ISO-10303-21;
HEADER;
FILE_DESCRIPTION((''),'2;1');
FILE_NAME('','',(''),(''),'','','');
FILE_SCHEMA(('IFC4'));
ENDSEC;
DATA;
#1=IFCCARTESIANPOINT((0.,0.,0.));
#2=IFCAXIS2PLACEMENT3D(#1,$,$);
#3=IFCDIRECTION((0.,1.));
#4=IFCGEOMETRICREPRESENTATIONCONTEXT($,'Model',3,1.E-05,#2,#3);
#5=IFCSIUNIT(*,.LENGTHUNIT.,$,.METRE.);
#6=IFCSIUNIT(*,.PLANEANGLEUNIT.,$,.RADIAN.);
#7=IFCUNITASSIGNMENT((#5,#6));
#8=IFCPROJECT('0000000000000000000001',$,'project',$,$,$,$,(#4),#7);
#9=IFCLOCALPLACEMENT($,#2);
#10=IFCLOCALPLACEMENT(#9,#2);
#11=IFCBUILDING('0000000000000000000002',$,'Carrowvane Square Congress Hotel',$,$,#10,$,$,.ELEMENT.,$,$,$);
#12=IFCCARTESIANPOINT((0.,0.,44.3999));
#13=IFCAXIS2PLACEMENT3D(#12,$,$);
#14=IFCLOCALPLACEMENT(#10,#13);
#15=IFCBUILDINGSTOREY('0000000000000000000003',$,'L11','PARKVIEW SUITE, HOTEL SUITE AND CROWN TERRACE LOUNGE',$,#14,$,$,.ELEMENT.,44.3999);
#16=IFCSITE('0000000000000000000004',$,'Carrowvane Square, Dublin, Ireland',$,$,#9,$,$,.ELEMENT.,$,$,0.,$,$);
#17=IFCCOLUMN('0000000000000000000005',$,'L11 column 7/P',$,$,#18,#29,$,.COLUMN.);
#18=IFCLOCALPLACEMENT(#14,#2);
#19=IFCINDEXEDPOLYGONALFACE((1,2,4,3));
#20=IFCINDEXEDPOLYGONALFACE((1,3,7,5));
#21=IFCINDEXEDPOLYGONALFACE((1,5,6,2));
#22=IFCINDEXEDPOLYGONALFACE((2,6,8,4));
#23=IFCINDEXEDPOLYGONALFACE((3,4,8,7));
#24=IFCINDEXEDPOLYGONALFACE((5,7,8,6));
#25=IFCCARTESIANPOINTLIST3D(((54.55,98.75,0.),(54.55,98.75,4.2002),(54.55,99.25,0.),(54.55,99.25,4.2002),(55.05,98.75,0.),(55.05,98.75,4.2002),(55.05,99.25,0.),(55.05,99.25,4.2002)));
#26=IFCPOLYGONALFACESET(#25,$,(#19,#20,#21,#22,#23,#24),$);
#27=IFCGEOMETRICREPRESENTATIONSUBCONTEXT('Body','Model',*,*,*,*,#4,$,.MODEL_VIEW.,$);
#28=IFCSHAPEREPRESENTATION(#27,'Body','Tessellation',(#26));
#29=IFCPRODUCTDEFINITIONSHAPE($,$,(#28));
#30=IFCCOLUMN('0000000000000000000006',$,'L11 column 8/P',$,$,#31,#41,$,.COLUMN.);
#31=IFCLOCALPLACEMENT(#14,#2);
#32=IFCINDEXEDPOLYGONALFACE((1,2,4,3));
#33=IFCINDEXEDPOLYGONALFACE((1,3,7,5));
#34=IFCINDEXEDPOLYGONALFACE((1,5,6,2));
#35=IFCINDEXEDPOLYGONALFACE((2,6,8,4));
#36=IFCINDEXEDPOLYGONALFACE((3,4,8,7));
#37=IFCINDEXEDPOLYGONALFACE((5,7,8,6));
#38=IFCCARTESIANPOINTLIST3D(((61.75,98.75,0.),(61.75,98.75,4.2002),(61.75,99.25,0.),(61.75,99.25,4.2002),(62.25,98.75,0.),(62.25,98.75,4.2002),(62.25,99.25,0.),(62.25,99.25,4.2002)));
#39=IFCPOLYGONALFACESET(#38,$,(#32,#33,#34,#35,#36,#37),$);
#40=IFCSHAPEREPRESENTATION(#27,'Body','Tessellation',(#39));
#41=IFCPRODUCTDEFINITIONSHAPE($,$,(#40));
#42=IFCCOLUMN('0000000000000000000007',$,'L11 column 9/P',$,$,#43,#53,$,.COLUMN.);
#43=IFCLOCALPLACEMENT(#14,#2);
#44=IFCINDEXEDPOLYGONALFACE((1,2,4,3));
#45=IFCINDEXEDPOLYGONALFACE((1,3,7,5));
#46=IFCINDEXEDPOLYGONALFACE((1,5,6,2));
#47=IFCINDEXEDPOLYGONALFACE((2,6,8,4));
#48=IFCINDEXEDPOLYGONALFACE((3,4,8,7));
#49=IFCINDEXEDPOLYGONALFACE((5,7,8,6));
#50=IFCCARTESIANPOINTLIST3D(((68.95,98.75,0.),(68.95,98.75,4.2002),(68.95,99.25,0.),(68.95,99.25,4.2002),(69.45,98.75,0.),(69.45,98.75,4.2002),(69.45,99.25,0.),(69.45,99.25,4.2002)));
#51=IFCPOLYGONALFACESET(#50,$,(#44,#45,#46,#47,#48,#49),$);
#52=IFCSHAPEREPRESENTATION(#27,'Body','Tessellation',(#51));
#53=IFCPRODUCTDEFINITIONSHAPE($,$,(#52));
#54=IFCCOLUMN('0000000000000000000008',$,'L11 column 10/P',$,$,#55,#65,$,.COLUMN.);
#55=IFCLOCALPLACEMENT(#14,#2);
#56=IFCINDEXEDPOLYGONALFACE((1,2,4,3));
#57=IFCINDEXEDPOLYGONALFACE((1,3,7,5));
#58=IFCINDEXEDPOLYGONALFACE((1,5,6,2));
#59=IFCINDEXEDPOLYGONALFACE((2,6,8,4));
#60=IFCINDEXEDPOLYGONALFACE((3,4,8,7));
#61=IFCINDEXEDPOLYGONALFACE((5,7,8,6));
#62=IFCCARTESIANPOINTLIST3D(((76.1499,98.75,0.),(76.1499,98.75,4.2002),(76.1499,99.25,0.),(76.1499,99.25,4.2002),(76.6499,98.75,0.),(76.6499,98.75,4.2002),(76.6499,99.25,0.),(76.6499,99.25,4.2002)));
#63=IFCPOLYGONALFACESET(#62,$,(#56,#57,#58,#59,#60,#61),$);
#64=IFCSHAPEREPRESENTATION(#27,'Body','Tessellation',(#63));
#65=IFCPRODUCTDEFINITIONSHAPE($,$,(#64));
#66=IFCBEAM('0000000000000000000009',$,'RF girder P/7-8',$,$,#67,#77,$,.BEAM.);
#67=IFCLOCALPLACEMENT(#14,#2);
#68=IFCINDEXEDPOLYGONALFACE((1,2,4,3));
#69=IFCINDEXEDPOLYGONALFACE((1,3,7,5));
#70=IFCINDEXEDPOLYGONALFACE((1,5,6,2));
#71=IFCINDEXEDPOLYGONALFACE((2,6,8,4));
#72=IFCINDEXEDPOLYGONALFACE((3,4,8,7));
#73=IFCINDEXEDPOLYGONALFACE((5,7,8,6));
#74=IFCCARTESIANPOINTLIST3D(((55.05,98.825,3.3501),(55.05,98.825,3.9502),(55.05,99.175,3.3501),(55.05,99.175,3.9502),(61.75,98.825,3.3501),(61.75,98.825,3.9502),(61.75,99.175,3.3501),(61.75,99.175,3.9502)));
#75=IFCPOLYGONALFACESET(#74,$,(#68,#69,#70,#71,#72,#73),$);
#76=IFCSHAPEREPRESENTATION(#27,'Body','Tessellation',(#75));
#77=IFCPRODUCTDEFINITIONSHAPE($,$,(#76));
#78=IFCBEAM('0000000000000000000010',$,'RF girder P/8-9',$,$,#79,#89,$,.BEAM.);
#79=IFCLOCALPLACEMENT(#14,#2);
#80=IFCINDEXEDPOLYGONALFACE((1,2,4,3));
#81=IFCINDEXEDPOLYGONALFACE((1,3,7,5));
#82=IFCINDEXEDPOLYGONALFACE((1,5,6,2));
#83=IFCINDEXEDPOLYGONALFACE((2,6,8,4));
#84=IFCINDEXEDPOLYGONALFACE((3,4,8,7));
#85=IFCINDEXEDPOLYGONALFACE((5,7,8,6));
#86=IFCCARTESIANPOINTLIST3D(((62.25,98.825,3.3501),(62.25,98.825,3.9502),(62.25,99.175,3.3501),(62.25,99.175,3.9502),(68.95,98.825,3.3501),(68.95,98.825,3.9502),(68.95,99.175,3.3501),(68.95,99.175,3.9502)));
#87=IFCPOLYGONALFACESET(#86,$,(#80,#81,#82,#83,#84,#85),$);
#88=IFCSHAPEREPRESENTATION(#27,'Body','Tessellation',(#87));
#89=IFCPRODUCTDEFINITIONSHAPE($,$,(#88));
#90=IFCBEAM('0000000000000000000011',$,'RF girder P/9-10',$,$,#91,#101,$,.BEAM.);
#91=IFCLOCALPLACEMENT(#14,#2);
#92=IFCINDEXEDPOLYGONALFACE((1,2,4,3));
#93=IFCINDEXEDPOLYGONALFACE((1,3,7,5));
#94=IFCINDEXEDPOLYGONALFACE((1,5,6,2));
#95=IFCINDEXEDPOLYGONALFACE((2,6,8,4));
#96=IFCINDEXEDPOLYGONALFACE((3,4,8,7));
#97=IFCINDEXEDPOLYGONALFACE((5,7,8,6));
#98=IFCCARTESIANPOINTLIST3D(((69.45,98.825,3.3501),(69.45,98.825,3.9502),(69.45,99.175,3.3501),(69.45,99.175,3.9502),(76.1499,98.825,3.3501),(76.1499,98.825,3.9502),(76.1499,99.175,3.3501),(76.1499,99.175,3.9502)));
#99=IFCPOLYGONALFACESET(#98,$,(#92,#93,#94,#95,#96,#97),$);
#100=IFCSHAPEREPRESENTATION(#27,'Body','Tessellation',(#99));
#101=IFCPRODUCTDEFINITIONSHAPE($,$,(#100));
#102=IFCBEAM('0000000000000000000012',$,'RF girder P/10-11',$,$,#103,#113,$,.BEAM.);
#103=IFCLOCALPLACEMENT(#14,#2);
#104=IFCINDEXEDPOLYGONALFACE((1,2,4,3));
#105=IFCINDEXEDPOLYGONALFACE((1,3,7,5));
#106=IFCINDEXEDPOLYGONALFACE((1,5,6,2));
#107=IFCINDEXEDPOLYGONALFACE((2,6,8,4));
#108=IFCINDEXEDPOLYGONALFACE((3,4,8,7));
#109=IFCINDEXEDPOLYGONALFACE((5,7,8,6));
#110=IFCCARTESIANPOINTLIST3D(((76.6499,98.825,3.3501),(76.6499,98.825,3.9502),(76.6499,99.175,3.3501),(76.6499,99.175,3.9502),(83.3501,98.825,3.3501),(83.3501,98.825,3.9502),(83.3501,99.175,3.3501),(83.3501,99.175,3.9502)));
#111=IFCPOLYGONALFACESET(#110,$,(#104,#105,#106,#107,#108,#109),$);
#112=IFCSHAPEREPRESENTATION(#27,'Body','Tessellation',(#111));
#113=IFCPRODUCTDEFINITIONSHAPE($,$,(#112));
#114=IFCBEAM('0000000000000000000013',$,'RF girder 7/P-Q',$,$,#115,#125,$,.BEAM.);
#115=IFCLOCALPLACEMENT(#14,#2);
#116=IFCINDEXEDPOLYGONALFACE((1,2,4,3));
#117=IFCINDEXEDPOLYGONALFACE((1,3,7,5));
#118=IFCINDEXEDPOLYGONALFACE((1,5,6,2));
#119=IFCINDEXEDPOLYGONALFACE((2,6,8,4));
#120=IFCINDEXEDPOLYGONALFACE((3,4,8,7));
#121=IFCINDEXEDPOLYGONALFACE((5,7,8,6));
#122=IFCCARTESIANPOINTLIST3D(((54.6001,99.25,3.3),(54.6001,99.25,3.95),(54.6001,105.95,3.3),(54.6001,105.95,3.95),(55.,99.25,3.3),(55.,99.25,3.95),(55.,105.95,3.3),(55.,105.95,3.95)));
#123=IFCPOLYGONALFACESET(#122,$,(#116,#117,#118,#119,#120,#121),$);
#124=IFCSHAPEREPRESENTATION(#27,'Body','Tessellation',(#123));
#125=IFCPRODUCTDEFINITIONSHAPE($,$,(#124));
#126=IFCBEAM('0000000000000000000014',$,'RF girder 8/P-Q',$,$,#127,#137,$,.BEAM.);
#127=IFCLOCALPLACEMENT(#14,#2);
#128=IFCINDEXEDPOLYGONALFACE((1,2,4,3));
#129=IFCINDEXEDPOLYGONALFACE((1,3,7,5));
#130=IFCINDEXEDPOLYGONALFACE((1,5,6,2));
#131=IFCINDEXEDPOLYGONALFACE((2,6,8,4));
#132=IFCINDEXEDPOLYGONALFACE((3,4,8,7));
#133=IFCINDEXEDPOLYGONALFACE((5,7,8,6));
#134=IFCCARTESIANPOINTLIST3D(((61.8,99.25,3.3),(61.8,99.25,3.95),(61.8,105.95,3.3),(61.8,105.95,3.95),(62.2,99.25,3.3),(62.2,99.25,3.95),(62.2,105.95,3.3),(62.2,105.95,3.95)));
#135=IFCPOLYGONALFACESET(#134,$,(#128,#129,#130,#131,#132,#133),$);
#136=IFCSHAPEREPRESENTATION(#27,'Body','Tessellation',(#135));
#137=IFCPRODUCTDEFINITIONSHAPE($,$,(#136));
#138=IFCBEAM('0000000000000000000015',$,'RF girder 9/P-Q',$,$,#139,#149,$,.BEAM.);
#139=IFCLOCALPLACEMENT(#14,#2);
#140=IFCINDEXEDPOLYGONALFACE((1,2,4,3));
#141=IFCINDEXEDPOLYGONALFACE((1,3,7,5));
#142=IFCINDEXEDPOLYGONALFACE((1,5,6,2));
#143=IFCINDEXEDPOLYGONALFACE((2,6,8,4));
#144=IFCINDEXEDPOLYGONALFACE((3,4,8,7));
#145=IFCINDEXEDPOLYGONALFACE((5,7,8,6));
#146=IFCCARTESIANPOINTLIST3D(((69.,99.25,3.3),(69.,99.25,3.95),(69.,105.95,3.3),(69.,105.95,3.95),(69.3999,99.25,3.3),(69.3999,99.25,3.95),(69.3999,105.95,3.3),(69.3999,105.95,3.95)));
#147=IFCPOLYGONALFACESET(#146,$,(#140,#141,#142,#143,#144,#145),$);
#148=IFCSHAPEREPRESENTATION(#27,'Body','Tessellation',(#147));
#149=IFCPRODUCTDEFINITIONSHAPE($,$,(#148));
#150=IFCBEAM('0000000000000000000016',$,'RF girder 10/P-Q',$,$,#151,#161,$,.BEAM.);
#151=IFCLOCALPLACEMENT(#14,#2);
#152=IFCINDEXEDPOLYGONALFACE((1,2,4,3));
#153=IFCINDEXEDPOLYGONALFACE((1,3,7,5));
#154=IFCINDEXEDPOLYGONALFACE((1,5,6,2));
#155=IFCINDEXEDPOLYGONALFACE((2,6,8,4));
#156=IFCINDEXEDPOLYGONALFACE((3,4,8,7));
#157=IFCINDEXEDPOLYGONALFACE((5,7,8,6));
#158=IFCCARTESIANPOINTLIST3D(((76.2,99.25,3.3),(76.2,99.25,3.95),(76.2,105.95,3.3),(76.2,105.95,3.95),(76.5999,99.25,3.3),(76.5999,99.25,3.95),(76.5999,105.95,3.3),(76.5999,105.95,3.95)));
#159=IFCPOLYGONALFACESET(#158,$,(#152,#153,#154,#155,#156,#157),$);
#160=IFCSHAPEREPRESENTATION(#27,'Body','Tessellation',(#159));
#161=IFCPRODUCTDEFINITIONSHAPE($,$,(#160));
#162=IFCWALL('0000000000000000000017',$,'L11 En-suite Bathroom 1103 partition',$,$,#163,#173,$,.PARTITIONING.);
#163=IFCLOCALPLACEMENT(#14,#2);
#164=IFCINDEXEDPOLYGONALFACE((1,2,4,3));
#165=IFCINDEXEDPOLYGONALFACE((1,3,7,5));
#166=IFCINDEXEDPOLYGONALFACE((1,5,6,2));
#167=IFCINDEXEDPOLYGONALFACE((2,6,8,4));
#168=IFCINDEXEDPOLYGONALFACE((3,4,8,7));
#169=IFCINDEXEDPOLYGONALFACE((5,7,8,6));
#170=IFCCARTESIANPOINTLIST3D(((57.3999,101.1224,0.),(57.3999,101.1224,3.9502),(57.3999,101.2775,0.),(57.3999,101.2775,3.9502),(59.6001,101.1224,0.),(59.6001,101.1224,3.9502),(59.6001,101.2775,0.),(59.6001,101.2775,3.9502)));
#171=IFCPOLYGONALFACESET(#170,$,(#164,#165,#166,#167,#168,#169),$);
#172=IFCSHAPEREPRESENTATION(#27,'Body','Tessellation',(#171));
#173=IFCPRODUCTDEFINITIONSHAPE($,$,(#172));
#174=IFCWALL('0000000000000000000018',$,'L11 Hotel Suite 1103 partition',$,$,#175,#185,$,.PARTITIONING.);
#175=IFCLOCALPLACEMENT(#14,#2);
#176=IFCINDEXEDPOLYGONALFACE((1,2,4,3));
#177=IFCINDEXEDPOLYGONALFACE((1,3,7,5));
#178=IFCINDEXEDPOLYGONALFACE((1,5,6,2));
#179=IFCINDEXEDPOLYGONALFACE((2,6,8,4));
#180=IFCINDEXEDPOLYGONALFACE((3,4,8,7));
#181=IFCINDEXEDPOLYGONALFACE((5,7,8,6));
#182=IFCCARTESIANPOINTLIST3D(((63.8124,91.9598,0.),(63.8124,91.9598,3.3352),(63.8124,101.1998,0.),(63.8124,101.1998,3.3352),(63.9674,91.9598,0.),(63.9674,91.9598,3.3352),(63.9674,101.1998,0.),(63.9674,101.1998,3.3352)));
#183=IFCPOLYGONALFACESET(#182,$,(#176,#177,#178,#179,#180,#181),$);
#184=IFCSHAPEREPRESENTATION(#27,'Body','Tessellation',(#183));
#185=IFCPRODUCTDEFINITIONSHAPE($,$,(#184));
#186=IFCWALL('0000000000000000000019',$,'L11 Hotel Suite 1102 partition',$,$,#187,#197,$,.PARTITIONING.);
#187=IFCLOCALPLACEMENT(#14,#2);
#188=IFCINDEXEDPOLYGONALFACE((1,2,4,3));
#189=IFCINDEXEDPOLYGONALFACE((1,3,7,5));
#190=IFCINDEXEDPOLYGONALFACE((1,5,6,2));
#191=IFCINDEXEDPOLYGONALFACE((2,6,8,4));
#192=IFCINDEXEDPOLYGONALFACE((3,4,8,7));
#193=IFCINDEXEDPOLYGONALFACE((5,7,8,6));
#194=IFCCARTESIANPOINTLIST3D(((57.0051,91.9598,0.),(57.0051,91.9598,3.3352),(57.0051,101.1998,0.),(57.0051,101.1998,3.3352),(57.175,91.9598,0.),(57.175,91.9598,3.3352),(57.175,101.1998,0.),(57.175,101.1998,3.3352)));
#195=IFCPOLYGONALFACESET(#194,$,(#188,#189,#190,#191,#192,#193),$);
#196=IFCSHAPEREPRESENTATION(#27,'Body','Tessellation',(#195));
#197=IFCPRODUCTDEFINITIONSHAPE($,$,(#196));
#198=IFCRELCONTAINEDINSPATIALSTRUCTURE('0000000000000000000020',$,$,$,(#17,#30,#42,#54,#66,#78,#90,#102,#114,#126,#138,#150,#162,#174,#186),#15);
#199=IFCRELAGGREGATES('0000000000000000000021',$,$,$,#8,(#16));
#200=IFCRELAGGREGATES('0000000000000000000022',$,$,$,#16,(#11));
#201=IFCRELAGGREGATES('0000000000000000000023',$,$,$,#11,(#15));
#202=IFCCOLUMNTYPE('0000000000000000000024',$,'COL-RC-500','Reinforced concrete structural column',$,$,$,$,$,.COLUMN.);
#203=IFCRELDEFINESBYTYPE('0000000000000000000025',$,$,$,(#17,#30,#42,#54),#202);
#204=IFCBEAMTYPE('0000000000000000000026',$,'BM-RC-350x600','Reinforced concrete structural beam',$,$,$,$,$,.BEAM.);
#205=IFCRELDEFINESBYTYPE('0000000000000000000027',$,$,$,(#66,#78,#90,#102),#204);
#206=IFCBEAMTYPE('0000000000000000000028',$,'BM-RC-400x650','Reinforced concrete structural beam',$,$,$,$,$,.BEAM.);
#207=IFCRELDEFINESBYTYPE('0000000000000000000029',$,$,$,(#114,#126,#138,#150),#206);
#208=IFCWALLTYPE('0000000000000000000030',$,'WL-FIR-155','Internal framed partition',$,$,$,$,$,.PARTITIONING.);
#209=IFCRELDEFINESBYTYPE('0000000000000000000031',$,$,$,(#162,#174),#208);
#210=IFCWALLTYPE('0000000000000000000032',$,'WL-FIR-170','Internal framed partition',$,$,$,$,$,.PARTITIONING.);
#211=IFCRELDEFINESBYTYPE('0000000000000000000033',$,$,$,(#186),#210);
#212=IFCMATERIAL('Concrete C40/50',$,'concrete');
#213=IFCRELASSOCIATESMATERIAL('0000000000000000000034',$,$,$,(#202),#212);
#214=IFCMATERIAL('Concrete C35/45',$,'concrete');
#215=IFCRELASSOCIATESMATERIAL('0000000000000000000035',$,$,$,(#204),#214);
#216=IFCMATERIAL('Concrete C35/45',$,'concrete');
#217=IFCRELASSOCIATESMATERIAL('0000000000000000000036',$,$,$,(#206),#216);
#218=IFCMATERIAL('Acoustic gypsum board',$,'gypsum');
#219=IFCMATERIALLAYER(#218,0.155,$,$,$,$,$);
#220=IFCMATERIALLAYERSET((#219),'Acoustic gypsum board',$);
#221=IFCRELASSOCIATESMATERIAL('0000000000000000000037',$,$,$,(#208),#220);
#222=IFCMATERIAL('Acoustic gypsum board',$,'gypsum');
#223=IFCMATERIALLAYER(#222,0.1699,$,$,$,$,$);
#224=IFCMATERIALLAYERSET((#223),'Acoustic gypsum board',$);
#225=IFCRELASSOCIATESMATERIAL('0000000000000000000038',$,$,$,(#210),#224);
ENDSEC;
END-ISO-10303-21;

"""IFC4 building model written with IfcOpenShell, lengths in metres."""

from ifc_helpers import new_model, si_unit, direction, frame, frame_2d, origin, origin_2d, place, context, subcontext, project, spatial, rectangle, extrude, material, layer, layer_set, material_profile, profile_set, type_object, element, save


model = new_model("IFC4")

# Units and contexts
model_context = context("Model", 3, precision=1e-05, world=origin(), true_north=direction((0.0, 1.0)))
body_context = subcontext(model_context, "Body", "Model", "MODEL_VIEW")
ifc_project = project(units=[si_unit("LENGTHUNIT", "METRE"), si_unit("PLANEANGLEUNIT", "RADIAN")], contexts=[model_context])

# Site, building, storey
site_placement = place(None, origin())
site = spatial("IfcSite", under=ifc_project, at=site_placement, Name="Carrowvane Square, Dublin, Ireland", CompositionType="ELEMENT", RefElevation=0.0)
building_placement = place(site_placement, origin())
building = spatial("IfcBuilding", under=site, at=building_placement, Name="Carrowvane Square Congress Hotel", CompositionType="ELEMENT")
storey_placement = place(building_placement, frame((0.0, 0.0, 44.3999)))
storey = spatial("IfcBuildingStorey", under=building, at=storey_placement, Name="L11", Description="PARKVIEW SUITE, HOTEL SUITE AND CROWN TERRACE LOUNGE", CompositionType="ELEMENT", Elevation=44.3999)

# Columns
ifc_material_1 = material(Name="Concrete C40/50", Category="concrete")
ifc_material_profile_1 = material_profile(ifc_material_1, rectangle(XDim=0.5, YDim=0.5, at=origin_2d()), Name="RC 500x500")
ifc_profile_set_1 = profile_set([ifc_material_profile_1], Name="Concrete C40/50")
column_type = type_object("IfcColumnType", Name="COL-RC-500", Description="Reinforced concrete structural column", PredefinedType="COLUMN", material=ifc_profile_set_1)
for number, where, z_axis, x_axis, name in (
    (1, (54.8, 99.0, 0.0), (0.0, 0.0, 1.0), (1.0, 0.0, 0.0), "L11 column 7/P"),
    (2, (62.0, 99.0, 0.0), (0.0, 0.0, 1.0), (1.0, 0.0, 0.0), "L11 column 8/P"),
    (3, (69.2, 99.0, 0.0), (0.0, 0.0, 1.0), (1.0, 0.0, 0.0), "L11 column 9/P"),
    (4, (76.3999, 99.0, 0.0), (0.0, 0.0, 1.0), (1.0, 0.0, 0.0), "L11 column 10/P"),
):
    element("IfcColumn", number, at=place(storey_placement, frame(where, z_axis=z_axis, x_axis=x_axis)), inside=storey, type_object=column_type, Name=name, PredefinedType="COLUMN", context=body_context, shape_type="SweptSolid", body=[
        extrude(rectangle(XDim=0.5, YDim=0.5, at=origin_2d()), origin(), (0.0, 0.0, 1.0), 4.2002),
    ])

# Beams
ifc_material_2 = material(Name="Concrete C35/45", Category="concrete")
ifc_material_profile_2 = material_profile(ifc_material_2, rectangle(XDim=0.3501, YDim=0.6001, at=origin_2d()), Name="RC 350x600")
ifc_profile_set_2 = profile_set([ifc_material_profile_2], Name="Concrete C35/45")
beam_type_1 = type_object("IfcBeamType", Name="BM-RC-350x600", Description="Reinforced concrete structural beam", PredefinedType="BEAM", material=ifc_profile_set_2)
for number, where, z_axis, x_axis, name in (
    (5, (55.05, 99.0, 3.6501), (1.0, 0.0, 0.0), (0.0, 1.0, 0.0), "RF girder P/7-8"),
    (6, (62.25, 99.0, 3.6501), (1.0, 0.0, 0.0), (0.0, 1.0, 0.0), "RF girder P/8-9"),
    (7, (69.45, 99.0, 3.6501), (1.0, 0.0, 0.0), (0.0, 1.0, 0.0), "RF girder P/9-10"),
):
    element("IfcBeam", number, at=place(storey_placement, frame(where, z_axis=z_axis, x_axis=x_axis)), inside=storey, type_object=beam_type_1, Name=name, PredefinedType="BEAM", context=body_context, shape_type="SweptSolid", body=[
        extrude(rectangle(XDim=0.3501, YDim=0.6001, at=origin_2d()), origin(), (0.0, 0.0, 1.0), 6.7),
    ])
beam_placement = place(storey_placement, frame((76.6499, 99.0, 3.6501), z_axis=(1.0, 0.0, 0.0), x_axis=(0.0, 1.0, 0.0)))
element("IfcBeam", 8, at=beam_placement, inside=storey, type_object=beam_type_1, Name="RF girder P/10-11", PredefinedType="BEAM", context=body_context, shape_type="SweptSolid", body=[
    extrude(rectangle(XDim=0.3501, YDim=0.6001, at=origin_2d()), origin(), (0.0, 0.0, 1.0), 6.7002),
])
ifc_material_3 = material(Name="Concrete C35/45", Category="concrete")
ifc_material_profile_3 = material_profile(ifc_material_3, rectangle(XDim=0.3999, YDim=0.6499, at=origin_2d()), Name="RC 400x650")
ifc_profile_set_3 = profile_set([ifc_material_profile_3], Name="Concrete C35/45")
beam_type_2 = type_object("IfcBeamType", Name="BM-RC-400x650", Description="Reinforced concrete structural beam", PredefinedType="BEAM", material=ifc_profile_set_3)
for number, where, z_axis, x_axis, name in (
    (9, (54.8, 99.25, 3.625), (0.0, 1.0, 0.0), (-1.0, 0.0, 0.0), "RF girder 7/P-Q"),
    (10, (62.0, 99.25, 3.625), (0.0, 1.0, 0.0), (-1.0, 0.0, 0.0), "RF girder 8/P-Q"),
    (11, (69.2, 99.25, 3.625), (0.0, 1.0, 0.0), (-1.0, 0.0, 0.0), "RF girder 9/P-Q"),
    (12, (76.3999, 99.25, 3.625), (0.0, 1.0, 0.0), (-1.0, 0.0, 0.0), "RF girder 10/P-Q"),
):
    element("IfcBeam", number, at=place(storey_placement, frame(where, z_axis=z_axis, x_axis=x_axis)), inside=storey, type_object=beam_type_2, Name=name, PredefinedType="BEAM", context=body_context, shape_type="SweptSolid", body=[
        extrude(rectangle(XDim=0.3999, YDim=0.6499, at=origin_2d()), origin(), (0.0, 0.0, 1.0), 6.7),
    ])

# Walls
ifc_material_4 = material(Name="Acoustic gypsum board", Category="gypsum")
ifc_layer_1 = layer(ifc_material_4, 0.155)
ifc_layer_set_1 = layer_set([ifc_layer_1], Name="Acoustic gypsum board")
wall_type_1 = type_object("IfcWallType", Name="WL-FIR-155", Description="Internal framed partition", PredefinedType="PARTITIONING", material=ifc_layer_set_1)
wall_1_placement = place(storey_placement, frame((57.3999, 101.2, 0.0), z_axis=(0.0, 0.0, 1.0), x_axis=(1.0, 0.0, 0.0)))
element("IfcWall", 13, at=wall_1_placement, inside=storey, type_object=wall_type_1, Name="L11 En-suite Bathroom 1103 partition", PredefinedType="PARTITIONING", context=body_context, shape_type="SweptSolid", body=[
    extrude(rectangle(XDim=2.2002, YDim=0.155, at=frame_2d((1.1001, 0.0))), origin(), (0.0, 0.0, 1.0), 3.9502),
])
wall_2_placement = place(storey_placement, frame((63.8899, 101.2, 0.0), z_axis=(0.0, 0.0, 1.0), x_axis=(0.0, -1.0, 0.0)))
element("IfcWall", 14, at=wall_2_placement, inside=storey, type_object=wall_type_1, Name="L11 Hotel Suite 1103 partition", PredefinedType="PARTITIONING", context=body_context, shape_type="SweptSolid", body=[
    extrude(rectangle(XDim=9.24, YDim=0.155, at=frame_2d((4.6201, 0.0))), origin(), (0.0, 0.0, 1.0), 3.3352),
])
ifc_material_5 = material(Name="Acoustic gypsum board", Category="gypsum")
ifc_layer_2 = layer(ifc_material_5, 0.1699)
ifc_layer_set_2 = layer_set([ifc_layer_2], Name="Acoustic gypsum board")
wall_type_2 = type_object("IfcWallType", Name="WL-FIR-170", Description="Internal framed partition", PredefinedType="PARTITIONING", material=ifc_layer_set_2)
wall_3_placement = place(storey_placement, frame((57.0901, 101.2, 0.0), z_axis=(0.0, 0.0, 1.0), x_axis=(0.0, -1.0, 0.0)))
element("IfcWall", 15, at=wall_3_placement, inside=storey, type_object=wall_type_2, Name="L11 Hotel Suite 1102 partition", PredefinedType="PARTITIONING", context=body_context, shape_type="SweptSolid", body=[
    extrude(rectangle(XDim=9.24, YDim=0.1699, at=frame_2d((4.6201, 0.0))), origin(), (0.0, 0.0, 1.0), 3.3352),
])

save(model, "model.ifc")
